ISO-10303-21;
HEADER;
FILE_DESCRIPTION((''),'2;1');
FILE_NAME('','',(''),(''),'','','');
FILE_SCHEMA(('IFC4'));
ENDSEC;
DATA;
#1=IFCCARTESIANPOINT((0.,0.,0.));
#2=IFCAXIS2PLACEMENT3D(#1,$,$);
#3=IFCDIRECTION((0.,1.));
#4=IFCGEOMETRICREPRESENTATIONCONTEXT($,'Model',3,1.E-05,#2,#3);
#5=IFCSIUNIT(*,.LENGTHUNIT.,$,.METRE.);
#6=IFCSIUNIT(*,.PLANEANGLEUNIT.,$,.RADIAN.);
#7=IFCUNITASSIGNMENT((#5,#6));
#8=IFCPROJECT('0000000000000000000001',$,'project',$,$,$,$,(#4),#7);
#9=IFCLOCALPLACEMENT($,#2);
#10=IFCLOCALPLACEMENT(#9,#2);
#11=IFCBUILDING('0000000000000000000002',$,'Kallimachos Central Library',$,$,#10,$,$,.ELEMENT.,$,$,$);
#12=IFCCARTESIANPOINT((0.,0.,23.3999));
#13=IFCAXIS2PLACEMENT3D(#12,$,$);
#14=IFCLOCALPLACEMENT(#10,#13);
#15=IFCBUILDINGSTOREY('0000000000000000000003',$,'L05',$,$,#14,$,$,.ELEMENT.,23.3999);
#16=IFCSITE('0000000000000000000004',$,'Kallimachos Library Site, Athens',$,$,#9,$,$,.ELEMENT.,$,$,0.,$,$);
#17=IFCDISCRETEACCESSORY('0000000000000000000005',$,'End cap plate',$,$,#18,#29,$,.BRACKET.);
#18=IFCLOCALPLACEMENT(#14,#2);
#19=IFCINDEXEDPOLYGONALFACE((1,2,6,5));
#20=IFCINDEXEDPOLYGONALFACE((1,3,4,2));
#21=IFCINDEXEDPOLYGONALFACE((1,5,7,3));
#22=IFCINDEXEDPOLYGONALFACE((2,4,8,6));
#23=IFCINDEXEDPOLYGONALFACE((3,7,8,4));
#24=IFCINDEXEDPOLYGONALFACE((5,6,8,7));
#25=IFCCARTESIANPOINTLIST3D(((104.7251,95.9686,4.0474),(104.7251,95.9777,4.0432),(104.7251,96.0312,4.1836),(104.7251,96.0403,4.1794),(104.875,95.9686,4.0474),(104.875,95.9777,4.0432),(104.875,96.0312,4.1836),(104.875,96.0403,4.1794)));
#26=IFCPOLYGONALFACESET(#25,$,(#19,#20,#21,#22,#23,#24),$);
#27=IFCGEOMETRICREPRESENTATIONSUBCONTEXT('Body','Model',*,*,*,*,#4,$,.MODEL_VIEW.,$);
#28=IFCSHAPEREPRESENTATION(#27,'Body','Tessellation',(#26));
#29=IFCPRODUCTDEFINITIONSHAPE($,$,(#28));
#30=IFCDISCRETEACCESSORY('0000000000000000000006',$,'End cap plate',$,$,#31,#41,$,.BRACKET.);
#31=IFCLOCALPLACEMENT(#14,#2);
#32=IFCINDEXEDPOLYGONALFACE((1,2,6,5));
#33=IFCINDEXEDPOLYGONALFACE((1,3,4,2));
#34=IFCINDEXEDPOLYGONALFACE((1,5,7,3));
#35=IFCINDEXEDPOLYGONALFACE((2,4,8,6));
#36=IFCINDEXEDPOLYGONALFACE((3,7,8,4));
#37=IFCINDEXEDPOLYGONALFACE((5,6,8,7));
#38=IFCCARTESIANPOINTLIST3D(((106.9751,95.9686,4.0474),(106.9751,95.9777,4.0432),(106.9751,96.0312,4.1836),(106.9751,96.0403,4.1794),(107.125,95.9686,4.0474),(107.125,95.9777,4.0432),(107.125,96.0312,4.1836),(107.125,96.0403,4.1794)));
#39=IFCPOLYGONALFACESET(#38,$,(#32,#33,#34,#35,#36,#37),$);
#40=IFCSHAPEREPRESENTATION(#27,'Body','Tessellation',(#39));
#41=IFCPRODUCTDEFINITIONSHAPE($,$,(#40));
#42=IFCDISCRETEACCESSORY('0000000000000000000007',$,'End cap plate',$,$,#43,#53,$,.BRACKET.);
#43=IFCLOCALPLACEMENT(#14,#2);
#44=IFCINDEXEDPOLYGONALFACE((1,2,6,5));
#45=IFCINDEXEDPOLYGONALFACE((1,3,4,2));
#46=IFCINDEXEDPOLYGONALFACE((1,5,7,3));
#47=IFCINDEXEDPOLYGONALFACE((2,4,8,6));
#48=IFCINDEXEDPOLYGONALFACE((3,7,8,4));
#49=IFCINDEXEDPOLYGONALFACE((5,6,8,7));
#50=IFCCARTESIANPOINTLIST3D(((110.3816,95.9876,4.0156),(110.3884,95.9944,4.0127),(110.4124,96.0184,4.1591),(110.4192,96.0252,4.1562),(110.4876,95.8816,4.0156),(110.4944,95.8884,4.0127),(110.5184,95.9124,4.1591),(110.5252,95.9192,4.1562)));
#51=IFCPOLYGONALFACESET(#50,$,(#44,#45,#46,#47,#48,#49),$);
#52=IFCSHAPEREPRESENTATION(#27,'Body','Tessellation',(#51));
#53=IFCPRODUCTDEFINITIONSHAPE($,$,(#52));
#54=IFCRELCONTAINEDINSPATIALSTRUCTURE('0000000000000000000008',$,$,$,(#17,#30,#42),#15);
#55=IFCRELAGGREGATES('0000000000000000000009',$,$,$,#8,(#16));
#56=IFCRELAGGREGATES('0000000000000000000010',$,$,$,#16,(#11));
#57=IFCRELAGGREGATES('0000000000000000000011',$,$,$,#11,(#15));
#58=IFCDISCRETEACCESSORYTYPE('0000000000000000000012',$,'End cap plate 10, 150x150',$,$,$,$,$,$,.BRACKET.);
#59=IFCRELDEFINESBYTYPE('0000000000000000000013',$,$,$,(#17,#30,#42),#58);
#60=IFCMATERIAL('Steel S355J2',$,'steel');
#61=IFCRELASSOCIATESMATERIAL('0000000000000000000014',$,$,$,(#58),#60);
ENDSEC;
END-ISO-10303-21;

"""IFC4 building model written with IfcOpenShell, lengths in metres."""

from ifc_helpers import new_model, si_unit, direction, frame, origin, origin_2d, place, context, subcontext, project, spatial, rectangle, extrude, material, material_profile, profile_set, type_object, element, save


model = new_model("IFC4")

# Units and contexts
model_context = context("Model", 3, precision=1e-05, world=origin(), true_north=direction((0.0, 1.0)))
body_context = subcontext(model_context, "Body", "Model", "MODEL_VIEW")
ifc_project = project(units=[si_unit("LENGTHUNIT", "METRE"), si_unit("PLANEANGLEUNIT", "RADIAN")], contexts=[model_context])

# Site, building, storey
site_placement = place(None, origin())
site = spatial("IfcSite", under=ifc_project, at=site_placement, Name="Kallimachos Library Site, Athens", CompositionType="ELEMENT", RefElevation=0.0)
building_placement = place(site_placement, origin())
building = spatial("IfcBuilding", under=site, at=building_placement, Name="Kallimachos Central Library", CompositionType="ELEMENT")
storey_placement = place(building_placement, frame((0.0, 0.0, 23.3999)))
storey = spatial("IfcBuildingStorey", under=building, at=storey_placement, Name="L05", CompositionType="ELEMENT", Elevation=23.3999)

# Discrete accessories
ifc_material_1 = material(Name="Steel S355J2", Category="steel")
ifc_material_profile_1 = material_profile(ifc_material_1, rectangle(XDim=0.1499, YDim=0.1499, at=origin_2d()), Name="End cap plate 10, 150x150")
ifc_profile_set_1 = profile_set([ifc_material_profile_1], Name="Steel S355J2")
discrete_accessory_type = type_object("IfcDiscreteAccessoryType", Name="End cap plate 10, 150x150", PredefinedType="BRACKET", material=ifc_profile_set_1)
for number, where, z_axis, x_axis, name in (
    (1, (104.8, 96.009, 4.1113), (0.0, -0.908677, 0.4175), (1.0, 0.0, 0.0), "End cap plate"),
    (2, (107.05, 96.009, 4.1113), (0.0, -0.908677, 0.4175), (1.0, 0.0, 0.0), "End cap plate"),
    (3, (110.4568, 95.9568, 4.0845), (-0.676716, -0.676716, 0.290021), (0.707107, -0.707107, 0.0), "End cap plate"),
):
    element("IfcDiscreteAccessory", number, at=place(storey_placement, frame(where, z_axis=z_axis, x_axis=x_axis)), inside=storey, type_object=discrete_accessory_type, Name=name, PredefinedType="BRACKET", context=body_context, shape_type="SweptSolid", body=[
        extrude(rectangle(XDim=0.1499, YDim=0.1499, at=origin_2d()), origin(), (0.0, 0.0, 1.0), 0.01),
    ])

save(model, "model.ifc")
